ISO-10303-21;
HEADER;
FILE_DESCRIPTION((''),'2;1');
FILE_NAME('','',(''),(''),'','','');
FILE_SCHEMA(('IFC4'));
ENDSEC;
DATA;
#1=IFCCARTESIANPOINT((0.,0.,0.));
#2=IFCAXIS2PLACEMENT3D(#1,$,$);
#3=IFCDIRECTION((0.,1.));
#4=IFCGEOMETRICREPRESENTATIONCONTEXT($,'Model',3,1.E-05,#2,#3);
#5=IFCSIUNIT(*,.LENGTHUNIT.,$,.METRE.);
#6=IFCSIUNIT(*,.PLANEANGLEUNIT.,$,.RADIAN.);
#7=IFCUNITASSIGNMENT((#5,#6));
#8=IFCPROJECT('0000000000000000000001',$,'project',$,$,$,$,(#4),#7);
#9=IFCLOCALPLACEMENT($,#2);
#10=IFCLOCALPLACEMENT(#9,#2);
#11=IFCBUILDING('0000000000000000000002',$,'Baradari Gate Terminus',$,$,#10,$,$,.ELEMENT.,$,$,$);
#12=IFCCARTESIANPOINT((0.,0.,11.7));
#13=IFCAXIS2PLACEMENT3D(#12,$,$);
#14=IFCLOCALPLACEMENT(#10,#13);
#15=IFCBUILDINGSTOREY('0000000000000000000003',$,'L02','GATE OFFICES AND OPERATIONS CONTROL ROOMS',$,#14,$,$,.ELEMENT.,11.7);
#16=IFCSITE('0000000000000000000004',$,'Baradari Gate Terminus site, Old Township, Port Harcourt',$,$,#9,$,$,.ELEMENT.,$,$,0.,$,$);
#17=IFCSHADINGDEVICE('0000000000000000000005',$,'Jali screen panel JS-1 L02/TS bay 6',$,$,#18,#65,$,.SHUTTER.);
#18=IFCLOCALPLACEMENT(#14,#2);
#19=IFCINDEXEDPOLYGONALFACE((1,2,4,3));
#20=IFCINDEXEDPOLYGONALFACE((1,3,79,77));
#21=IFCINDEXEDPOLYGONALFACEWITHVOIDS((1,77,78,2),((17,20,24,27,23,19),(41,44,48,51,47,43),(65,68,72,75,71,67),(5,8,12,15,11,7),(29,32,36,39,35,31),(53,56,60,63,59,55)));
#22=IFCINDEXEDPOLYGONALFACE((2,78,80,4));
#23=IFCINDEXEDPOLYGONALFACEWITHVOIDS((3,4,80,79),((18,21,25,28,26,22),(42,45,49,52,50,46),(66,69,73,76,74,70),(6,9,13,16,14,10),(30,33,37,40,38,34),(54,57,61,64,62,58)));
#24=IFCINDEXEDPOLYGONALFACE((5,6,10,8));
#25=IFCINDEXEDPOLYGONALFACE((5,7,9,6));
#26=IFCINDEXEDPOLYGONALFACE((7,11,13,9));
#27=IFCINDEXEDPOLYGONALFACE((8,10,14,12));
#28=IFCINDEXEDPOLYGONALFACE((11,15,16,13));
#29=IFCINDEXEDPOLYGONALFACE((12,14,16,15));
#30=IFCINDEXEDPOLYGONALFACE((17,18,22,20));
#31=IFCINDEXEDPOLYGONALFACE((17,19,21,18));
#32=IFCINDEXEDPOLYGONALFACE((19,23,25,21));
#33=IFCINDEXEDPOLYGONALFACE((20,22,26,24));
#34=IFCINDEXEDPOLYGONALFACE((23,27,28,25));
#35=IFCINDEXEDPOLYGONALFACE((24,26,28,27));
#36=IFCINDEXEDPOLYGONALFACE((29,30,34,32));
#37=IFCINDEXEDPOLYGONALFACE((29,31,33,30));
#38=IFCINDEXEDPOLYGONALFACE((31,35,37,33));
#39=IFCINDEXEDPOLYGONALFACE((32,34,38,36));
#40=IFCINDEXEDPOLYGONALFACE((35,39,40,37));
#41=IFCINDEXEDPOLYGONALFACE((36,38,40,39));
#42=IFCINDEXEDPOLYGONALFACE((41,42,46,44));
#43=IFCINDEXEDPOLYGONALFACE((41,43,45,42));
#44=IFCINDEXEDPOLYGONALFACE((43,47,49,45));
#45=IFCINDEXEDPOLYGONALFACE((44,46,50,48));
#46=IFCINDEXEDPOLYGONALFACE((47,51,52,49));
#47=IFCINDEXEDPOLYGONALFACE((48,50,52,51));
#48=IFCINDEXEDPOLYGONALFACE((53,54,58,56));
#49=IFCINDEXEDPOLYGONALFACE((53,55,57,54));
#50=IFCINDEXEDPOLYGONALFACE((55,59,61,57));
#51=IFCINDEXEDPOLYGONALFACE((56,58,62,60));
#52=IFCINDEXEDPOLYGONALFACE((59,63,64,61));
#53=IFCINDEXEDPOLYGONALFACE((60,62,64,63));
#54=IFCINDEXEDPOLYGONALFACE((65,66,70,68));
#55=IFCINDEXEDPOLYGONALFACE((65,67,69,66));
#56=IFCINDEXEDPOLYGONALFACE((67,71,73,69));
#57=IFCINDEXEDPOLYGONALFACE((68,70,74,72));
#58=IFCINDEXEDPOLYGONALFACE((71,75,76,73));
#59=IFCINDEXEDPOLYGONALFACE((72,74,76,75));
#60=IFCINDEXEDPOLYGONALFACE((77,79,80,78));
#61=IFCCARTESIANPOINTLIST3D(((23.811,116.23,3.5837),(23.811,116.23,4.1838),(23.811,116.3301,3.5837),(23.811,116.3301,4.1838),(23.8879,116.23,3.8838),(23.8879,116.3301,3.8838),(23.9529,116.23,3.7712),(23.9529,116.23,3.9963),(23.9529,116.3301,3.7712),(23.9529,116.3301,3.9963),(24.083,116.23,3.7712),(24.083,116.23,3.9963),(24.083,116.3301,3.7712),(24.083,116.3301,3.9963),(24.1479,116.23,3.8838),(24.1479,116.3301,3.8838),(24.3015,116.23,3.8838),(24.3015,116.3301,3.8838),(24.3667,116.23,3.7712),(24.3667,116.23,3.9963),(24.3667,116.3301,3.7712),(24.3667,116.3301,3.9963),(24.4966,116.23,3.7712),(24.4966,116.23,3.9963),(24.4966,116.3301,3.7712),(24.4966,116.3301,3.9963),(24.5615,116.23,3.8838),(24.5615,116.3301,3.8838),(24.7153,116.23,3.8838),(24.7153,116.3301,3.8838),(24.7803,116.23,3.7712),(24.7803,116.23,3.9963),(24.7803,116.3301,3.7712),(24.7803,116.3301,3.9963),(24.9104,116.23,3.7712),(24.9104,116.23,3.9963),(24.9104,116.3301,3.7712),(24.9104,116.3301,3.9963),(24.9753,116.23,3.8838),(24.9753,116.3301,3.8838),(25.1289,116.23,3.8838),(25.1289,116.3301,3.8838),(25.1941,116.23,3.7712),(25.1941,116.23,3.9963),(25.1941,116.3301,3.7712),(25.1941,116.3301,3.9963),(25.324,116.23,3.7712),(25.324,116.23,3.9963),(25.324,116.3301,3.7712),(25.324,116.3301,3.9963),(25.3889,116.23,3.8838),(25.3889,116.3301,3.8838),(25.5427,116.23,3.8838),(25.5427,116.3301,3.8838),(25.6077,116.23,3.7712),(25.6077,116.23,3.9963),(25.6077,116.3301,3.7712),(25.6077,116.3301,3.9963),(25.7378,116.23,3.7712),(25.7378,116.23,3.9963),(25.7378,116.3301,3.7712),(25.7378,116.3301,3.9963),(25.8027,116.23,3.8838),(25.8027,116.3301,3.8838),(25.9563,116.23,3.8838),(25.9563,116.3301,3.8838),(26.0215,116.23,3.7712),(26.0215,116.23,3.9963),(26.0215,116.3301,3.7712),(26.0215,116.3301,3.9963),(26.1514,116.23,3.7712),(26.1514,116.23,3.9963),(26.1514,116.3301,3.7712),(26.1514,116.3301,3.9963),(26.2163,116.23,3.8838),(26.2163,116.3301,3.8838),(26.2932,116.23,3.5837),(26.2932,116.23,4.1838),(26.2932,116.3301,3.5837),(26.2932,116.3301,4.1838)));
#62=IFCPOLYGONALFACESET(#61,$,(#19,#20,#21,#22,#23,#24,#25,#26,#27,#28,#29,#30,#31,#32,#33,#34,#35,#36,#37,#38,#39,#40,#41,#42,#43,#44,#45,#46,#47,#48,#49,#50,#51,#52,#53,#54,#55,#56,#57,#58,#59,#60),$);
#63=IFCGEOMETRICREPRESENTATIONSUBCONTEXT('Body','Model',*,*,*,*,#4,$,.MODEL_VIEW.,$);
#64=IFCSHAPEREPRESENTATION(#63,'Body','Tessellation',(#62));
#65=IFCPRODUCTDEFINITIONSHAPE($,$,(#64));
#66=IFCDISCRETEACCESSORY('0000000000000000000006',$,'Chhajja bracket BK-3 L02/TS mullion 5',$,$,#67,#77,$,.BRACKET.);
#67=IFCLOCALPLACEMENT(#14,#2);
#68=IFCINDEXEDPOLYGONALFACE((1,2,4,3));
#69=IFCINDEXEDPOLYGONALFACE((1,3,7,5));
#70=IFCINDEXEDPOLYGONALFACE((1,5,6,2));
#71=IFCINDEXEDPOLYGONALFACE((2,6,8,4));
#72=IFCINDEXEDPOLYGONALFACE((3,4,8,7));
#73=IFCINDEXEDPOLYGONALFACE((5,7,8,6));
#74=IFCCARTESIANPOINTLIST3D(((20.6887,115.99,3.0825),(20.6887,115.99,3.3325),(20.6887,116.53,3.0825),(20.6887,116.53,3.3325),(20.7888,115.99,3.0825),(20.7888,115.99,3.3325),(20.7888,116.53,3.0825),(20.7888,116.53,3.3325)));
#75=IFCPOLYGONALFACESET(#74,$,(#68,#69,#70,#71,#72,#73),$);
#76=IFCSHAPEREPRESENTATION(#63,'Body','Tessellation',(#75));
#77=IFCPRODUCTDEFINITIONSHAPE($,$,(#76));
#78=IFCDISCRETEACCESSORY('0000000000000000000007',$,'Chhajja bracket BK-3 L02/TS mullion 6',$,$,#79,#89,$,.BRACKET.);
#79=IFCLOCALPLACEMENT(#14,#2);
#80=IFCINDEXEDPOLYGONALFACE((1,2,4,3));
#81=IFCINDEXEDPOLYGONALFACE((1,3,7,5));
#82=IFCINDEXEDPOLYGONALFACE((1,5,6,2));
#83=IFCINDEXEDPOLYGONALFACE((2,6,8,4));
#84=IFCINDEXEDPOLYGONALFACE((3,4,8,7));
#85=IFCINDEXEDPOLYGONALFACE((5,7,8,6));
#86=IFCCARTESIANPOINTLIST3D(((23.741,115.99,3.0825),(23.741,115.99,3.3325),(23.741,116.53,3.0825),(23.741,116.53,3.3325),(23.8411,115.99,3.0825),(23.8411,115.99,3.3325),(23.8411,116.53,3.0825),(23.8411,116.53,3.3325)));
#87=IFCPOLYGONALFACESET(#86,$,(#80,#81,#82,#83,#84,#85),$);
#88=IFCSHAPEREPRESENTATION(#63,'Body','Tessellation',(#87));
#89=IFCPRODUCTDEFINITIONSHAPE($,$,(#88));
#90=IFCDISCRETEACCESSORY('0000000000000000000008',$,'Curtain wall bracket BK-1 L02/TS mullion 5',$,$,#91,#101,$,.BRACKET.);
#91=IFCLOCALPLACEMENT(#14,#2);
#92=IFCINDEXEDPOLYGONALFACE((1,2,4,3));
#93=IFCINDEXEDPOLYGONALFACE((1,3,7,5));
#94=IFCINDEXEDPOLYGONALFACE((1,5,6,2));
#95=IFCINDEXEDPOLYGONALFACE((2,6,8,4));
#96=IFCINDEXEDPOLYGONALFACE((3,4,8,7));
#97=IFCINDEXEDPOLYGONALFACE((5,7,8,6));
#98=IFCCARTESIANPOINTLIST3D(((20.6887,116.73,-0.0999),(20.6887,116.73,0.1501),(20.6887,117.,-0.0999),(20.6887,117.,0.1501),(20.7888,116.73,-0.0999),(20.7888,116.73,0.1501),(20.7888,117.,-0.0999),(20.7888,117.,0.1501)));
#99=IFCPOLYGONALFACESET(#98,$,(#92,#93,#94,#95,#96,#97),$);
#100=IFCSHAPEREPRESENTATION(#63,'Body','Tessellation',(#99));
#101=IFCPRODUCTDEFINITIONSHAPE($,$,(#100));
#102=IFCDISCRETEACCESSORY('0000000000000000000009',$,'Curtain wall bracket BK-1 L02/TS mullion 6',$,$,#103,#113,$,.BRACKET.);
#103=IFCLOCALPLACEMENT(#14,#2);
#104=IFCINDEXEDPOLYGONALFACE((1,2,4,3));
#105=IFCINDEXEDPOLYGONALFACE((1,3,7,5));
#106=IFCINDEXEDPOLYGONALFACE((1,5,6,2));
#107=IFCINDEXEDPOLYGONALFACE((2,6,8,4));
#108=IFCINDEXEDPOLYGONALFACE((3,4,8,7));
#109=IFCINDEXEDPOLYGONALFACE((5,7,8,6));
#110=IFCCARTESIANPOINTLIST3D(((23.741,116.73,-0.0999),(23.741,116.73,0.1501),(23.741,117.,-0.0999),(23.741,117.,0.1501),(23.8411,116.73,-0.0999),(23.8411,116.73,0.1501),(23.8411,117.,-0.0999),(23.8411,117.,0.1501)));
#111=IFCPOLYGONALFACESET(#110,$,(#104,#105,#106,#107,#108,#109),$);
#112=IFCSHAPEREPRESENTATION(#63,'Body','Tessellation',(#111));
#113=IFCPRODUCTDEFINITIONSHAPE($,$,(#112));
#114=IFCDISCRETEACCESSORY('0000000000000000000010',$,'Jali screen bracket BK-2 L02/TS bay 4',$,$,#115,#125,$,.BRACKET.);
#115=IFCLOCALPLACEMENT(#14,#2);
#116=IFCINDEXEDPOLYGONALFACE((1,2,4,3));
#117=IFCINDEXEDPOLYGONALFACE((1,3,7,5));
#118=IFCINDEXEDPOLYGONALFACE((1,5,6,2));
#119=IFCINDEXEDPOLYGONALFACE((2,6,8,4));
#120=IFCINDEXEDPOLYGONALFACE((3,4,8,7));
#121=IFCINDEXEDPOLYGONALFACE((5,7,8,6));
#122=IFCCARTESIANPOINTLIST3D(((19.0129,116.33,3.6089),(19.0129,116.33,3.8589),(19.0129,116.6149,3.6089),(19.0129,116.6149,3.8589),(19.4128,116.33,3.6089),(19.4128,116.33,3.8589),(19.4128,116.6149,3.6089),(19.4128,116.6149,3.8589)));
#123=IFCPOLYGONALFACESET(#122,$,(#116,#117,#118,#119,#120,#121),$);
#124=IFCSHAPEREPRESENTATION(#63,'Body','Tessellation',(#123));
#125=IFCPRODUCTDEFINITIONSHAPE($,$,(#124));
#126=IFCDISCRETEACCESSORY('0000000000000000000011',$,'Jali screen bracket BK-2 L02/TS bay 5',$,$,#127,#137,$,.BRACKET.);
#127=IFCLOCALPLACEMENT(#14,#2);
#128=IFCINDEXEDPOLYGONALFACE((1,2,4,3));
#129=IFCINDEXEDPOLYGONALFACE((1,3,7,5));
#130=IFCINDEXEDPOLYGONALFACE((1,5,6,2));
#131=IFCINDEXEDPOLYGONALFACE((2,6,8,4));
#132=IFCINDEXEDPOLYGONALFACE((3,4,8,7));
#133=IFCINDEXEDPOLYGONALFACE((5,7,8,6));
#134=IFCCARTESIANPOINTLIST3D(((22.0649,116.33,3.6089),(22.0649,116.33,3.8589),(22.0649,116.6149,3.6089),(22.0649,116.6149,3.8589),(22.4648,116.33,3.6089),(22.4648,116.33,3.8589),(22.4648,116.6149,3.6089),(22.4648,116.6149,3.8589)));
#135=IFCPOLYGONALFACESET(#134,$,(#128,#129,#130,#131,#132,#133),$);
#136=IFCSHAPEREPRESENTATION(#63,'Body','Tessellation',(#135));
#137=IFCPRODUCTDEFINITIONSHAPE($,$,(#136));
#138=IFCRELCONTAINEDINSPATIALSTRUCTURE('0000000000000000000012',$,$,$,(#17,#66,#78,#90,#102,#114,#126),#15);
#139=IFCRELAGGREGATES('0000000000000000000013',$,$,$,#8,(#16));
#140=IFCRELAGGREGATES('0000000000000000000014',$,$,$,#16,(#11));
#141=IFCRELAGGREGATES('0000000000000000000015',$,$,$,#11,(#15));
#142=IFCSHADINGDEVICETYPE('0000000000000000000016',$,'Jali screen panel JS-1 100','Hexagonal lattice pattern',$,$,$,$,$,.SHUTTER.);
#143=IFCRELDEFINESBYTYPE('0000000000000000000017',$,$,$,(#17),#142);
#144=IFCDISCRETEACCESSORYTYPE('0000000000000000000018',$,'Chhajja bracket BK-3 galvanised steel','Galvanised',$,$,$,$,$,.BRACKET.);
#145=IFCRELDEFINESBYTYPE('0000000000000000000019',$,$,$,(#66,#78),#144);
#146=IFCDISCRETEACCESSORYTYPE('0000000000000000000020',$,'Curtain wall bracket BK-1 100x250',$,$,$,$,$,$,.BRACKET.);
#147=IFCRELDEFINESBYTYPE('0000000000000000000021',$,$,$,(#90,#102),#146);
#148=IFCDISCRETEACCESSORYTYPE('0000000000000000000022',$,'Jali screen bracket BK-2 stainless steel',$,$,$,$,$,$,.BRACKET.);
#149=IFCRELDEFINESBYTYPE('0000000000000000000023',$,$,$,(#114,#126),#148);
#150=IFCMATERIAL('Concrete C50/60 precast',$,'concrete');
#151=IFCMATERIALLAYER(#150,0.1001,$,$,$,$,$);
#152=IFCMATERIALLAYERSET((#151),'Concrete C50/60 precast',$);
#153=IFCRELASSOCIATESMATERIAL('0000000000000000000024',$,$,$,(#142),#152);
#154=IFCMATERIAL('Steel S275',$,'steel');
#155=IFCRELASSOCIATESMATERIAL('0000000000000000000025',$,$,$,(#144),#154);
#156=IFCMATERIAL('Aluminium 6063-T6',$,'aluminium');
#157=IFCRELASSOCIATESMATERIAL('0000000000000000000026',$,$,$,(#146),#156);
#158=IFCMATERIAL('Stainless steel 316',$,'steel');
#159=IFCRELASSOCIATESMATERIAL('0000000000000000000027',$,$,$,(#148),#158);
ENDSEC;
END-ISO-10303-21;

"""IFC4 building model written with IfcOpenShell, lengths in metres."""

from ifc_helpers import new_model, si_unit, direction, frame, origin, origin_2d, place, context, subcontext, project, spatial, polyline, rectangle, outline, extrude, material, layer, layer_set, type_object, element, save


model = new_model("IFC4")

# Units and contexts
model_context = context("Model", 3, precision=1e-05, world=origin(), true_north=direction((0.0, 1.0)))
body_context = subcontext(model_context, "Body", "Model", "MODEL_VIEW")
ifc_project = project(units=[si_unit("LENGTHUNIT", "METRE"), si_unit("PLANEANGLEUNIT", "RADIAN")], contexts=[model_context])

# Site, building, storey
site_placement = place(None, origin())
site = spatial("IfcSite", under=ifc_project, at=site_placement, Name="Baradari Gate Terminus site, Old Township, Port Harcourt", CompositionType="ELEMENT", RefElevation=0.0)
building_placement = place(site_placement, origin())
building = spatial("IfcBuilding", under=site, at=building_placement, Name="Baradari Gate Terminus", CompositionType="ELEMENT")
storey_placement = place(building_placement, frame((0.0, 0.0, 11.7)))
storey = spatial("IfcBuildingStorey", under=building, at=storey_placement, Name="L02", Description="GATE OFFICES AND OPERATIONS CONTROL ROOMS", CompositionType="ELEMENT", Elevation=11.7)

# Shading device
ifc_material_1 = material(Name="Concrete C50/60 precast", Category="concrete")
ifc_layer_1 = layer(ifc_material_1, 0.1001)
ifc_layer_set_1 = layer_set([ifc_layer_1], Name="Concrete C50/60 precast")
shading_device_type_1 = type_object("IfcShadingDeviceType", Name="Jali screen panel JS-1 100", Description="Hexagonal lattice pattern", PredefinedType="SHUTTER", material=ifc_layer_set_1)
shading_device_1_placement = place(storey_placement, frame((23.811, 116.28, 3.5837), z_axis=(0.0, 0.0, 1.0), x_axis=(1.0, 0.0, 0.0)))
element("IfcShadingDevice", 1, at=shading_device_1_placement, inside=storey, type_object=shading_device_type_1, Name="Jali screen panel JS-1 L02/TS bay 6", PredefinedType="SHUTTER", context=body_context, shape_type="SweptSolid", body=[
    extrude(outline(polyline([(0.0, 0.0), (2.4822, 0.0), (2.4822, 0.6001), (0.0, 0.6001), (0.0, 0.0)]), holes=[polyline([(0.3369, 0.3), (0.272, 0.1875), (0.1418, 0.1875), (0.0769, 0.3), (0.1418, 0.4126), (0.272, 0.4126), (0.3369, 0.3)]), polyline([(0.7505, 0.3), (0.6855, 0.1875), (0.5557, 0.1875), (0.4905, 0.3), (0.5557, 0.4126), (0.6855, 0.4126), (0.7505, 0.3)]), polyline([(1.1643, 0.3), (1.0994, 0.1875), (0.9692, 0.1875), (0.9043, 0.3), (0.9692, 0.4126), (1.0994, 0.4126), (1.1643, 0.3)]), polyline([(1.5779, 0.3), (1.5129, 0.1875), (1.3831, 0.1875), (1.3179, 0.3), (1.3831, 0.4126), (1.5129, 0.4126), (1.5779, 0.3)]), polyline([(1.9917, 0.3), (1.9268, 0.1875), (1.7966, 0.1875), (1.7317, 0.3), (1.7966, 0.4126), (1.9268, 0.4126), (1.9917, 0.3)]), polyline([(2.4053, 0.3), (2.3403, 0.1875), (2.2104, 0.1875), (2.1453, 0.3), (2.2104, 0.4126), (2.3403, 0.4126), (2.4053, 0.3)])]), frame((0.0, 0.05, 0.0), z_axis=(0.0, -1.0, 0.0), x_axis=(1.0, 0.0, 0.0)), (0.0, 0.0, 1.0), 0.1001),
])

# Discrete accessories
ifc_material_2 = material(Name="Steel S275", Category="steel")
discrete_accessory_type_1 = type_object("IfcDiscreteAccessoryType", Name="Chhajja bracket BK-3 galvanised steel", Description="Galvanised", PredefinedType="BRACKET", material=ifc_material_2)
for number, where, z_axis, x_axis, name in (
    (2, (20.7388, 116.26, 3.0825), (0.0, 0.0, 1.0), (0.0, -1.0, 0.0), "Chhajja bracket BK-3 L02/TS mullion 5"),
    (3, (23.791, 116.26, 3.0825), (0.0, 0.0, 1.0), (0.0, -1.0, 0.0), "Chhajja bracket BK-3 L02/TS mullion 6"),
):
    element("IfcDiscreteAccessory", number, at=place(storey_placement, frame(where, z_axis=z_axis, x_axis=x_axis)), inside=storey, type_object=discrete_accessory_type_1, Name=name, PredefinedType="BRACKET", context=body_context, shape_type="SweptSolid", body=[
        extrude(rectangle(XDim=0.54, YDim=0.1001, at=origin_2d()), origin(), (0.0, 0.0, 1.0), 0.25),
    ])
ifc_material_3 = material(Name="Aluminium 6063-T6", Category="aluminium")
discrete_accessory_type_2 = type_object("IfcDiscreteAccessoryType", Name="Curtain wall bracket BK-1 100x250", PredefinedType="BRACKET", material=ifc_material_3)
for number, where, z_axis, x_axis, name in (
    (4, (20.7388, 116.865, -0.0999), (0.0, 0.0, 1.0), (0.0, -1.0, 0.0), "Curtain wall bracket BK-1 L02/TS mullion 5"),
    (5, (23.791, 116.865, -0.0999), (0.0, 0.0, 1.0), (0.0, -1.0, 0.0), "Curtain wall bracket BK-1 L02/TS mullion 6"),
):
    element("IfcDiscreteAccessory", number, at=place(storey_placement, frame(where, z_axis=z_axis, x_axis=x_axis)), inside=storey, type_object=discrete_accessory_type_2, Name=name, PredefinedType="BRACKET", context=body_context, shape_type="SweptSolid", body=[
        extrude(rectangle(XDim=0.27, YDim=0.1001, at=origin_2d()), origin(), (0.0, 0.0, 1.0), 0.25),
    ])
ifc_material_4 = material(Name="Stainless steel 316", Category="steel")
discrete_accessory_type_3 = type_object("IfcDiscreteAccessoryType", Name="Jali screen bracket BK-2 stainless steel", PredefinedType="BRACKET", material=ifc_material_4)
for number, where, z_axis, x_axis, name in (
    (6, (19.2129, 116.4724, 3.6089), (0.0, 0.0, 1.0), (0.0, -1.0, 0.0), "Jali screen bracket BK-2 L02/TS bay 4"),
    (7, (22.2649, 116.4724, 3.6089), (0.0, 0.0, 1.0), (0.0, -1.0, 0.0), "Jali screen bracket BK-2 L02/TS bay 5"),
):
    element("IfcDiscreteAccessory", number, at=place(storey_placement, frame(where, z_axis=z_axis, x_axis=x_axis)), inside=storey, type_object=discrete_accessory_type_3, Name=name, PredefinedType="BRACKET", context=body_context, shape_type="SweptSolid", body=[
        extrude(rectangle(XDim=0.2849, YDim=0.3999, at=origin_2d()), origin(), (0.0, 0.0, 1.0), 0.25),
    ])

save(model, "model.ifc")
